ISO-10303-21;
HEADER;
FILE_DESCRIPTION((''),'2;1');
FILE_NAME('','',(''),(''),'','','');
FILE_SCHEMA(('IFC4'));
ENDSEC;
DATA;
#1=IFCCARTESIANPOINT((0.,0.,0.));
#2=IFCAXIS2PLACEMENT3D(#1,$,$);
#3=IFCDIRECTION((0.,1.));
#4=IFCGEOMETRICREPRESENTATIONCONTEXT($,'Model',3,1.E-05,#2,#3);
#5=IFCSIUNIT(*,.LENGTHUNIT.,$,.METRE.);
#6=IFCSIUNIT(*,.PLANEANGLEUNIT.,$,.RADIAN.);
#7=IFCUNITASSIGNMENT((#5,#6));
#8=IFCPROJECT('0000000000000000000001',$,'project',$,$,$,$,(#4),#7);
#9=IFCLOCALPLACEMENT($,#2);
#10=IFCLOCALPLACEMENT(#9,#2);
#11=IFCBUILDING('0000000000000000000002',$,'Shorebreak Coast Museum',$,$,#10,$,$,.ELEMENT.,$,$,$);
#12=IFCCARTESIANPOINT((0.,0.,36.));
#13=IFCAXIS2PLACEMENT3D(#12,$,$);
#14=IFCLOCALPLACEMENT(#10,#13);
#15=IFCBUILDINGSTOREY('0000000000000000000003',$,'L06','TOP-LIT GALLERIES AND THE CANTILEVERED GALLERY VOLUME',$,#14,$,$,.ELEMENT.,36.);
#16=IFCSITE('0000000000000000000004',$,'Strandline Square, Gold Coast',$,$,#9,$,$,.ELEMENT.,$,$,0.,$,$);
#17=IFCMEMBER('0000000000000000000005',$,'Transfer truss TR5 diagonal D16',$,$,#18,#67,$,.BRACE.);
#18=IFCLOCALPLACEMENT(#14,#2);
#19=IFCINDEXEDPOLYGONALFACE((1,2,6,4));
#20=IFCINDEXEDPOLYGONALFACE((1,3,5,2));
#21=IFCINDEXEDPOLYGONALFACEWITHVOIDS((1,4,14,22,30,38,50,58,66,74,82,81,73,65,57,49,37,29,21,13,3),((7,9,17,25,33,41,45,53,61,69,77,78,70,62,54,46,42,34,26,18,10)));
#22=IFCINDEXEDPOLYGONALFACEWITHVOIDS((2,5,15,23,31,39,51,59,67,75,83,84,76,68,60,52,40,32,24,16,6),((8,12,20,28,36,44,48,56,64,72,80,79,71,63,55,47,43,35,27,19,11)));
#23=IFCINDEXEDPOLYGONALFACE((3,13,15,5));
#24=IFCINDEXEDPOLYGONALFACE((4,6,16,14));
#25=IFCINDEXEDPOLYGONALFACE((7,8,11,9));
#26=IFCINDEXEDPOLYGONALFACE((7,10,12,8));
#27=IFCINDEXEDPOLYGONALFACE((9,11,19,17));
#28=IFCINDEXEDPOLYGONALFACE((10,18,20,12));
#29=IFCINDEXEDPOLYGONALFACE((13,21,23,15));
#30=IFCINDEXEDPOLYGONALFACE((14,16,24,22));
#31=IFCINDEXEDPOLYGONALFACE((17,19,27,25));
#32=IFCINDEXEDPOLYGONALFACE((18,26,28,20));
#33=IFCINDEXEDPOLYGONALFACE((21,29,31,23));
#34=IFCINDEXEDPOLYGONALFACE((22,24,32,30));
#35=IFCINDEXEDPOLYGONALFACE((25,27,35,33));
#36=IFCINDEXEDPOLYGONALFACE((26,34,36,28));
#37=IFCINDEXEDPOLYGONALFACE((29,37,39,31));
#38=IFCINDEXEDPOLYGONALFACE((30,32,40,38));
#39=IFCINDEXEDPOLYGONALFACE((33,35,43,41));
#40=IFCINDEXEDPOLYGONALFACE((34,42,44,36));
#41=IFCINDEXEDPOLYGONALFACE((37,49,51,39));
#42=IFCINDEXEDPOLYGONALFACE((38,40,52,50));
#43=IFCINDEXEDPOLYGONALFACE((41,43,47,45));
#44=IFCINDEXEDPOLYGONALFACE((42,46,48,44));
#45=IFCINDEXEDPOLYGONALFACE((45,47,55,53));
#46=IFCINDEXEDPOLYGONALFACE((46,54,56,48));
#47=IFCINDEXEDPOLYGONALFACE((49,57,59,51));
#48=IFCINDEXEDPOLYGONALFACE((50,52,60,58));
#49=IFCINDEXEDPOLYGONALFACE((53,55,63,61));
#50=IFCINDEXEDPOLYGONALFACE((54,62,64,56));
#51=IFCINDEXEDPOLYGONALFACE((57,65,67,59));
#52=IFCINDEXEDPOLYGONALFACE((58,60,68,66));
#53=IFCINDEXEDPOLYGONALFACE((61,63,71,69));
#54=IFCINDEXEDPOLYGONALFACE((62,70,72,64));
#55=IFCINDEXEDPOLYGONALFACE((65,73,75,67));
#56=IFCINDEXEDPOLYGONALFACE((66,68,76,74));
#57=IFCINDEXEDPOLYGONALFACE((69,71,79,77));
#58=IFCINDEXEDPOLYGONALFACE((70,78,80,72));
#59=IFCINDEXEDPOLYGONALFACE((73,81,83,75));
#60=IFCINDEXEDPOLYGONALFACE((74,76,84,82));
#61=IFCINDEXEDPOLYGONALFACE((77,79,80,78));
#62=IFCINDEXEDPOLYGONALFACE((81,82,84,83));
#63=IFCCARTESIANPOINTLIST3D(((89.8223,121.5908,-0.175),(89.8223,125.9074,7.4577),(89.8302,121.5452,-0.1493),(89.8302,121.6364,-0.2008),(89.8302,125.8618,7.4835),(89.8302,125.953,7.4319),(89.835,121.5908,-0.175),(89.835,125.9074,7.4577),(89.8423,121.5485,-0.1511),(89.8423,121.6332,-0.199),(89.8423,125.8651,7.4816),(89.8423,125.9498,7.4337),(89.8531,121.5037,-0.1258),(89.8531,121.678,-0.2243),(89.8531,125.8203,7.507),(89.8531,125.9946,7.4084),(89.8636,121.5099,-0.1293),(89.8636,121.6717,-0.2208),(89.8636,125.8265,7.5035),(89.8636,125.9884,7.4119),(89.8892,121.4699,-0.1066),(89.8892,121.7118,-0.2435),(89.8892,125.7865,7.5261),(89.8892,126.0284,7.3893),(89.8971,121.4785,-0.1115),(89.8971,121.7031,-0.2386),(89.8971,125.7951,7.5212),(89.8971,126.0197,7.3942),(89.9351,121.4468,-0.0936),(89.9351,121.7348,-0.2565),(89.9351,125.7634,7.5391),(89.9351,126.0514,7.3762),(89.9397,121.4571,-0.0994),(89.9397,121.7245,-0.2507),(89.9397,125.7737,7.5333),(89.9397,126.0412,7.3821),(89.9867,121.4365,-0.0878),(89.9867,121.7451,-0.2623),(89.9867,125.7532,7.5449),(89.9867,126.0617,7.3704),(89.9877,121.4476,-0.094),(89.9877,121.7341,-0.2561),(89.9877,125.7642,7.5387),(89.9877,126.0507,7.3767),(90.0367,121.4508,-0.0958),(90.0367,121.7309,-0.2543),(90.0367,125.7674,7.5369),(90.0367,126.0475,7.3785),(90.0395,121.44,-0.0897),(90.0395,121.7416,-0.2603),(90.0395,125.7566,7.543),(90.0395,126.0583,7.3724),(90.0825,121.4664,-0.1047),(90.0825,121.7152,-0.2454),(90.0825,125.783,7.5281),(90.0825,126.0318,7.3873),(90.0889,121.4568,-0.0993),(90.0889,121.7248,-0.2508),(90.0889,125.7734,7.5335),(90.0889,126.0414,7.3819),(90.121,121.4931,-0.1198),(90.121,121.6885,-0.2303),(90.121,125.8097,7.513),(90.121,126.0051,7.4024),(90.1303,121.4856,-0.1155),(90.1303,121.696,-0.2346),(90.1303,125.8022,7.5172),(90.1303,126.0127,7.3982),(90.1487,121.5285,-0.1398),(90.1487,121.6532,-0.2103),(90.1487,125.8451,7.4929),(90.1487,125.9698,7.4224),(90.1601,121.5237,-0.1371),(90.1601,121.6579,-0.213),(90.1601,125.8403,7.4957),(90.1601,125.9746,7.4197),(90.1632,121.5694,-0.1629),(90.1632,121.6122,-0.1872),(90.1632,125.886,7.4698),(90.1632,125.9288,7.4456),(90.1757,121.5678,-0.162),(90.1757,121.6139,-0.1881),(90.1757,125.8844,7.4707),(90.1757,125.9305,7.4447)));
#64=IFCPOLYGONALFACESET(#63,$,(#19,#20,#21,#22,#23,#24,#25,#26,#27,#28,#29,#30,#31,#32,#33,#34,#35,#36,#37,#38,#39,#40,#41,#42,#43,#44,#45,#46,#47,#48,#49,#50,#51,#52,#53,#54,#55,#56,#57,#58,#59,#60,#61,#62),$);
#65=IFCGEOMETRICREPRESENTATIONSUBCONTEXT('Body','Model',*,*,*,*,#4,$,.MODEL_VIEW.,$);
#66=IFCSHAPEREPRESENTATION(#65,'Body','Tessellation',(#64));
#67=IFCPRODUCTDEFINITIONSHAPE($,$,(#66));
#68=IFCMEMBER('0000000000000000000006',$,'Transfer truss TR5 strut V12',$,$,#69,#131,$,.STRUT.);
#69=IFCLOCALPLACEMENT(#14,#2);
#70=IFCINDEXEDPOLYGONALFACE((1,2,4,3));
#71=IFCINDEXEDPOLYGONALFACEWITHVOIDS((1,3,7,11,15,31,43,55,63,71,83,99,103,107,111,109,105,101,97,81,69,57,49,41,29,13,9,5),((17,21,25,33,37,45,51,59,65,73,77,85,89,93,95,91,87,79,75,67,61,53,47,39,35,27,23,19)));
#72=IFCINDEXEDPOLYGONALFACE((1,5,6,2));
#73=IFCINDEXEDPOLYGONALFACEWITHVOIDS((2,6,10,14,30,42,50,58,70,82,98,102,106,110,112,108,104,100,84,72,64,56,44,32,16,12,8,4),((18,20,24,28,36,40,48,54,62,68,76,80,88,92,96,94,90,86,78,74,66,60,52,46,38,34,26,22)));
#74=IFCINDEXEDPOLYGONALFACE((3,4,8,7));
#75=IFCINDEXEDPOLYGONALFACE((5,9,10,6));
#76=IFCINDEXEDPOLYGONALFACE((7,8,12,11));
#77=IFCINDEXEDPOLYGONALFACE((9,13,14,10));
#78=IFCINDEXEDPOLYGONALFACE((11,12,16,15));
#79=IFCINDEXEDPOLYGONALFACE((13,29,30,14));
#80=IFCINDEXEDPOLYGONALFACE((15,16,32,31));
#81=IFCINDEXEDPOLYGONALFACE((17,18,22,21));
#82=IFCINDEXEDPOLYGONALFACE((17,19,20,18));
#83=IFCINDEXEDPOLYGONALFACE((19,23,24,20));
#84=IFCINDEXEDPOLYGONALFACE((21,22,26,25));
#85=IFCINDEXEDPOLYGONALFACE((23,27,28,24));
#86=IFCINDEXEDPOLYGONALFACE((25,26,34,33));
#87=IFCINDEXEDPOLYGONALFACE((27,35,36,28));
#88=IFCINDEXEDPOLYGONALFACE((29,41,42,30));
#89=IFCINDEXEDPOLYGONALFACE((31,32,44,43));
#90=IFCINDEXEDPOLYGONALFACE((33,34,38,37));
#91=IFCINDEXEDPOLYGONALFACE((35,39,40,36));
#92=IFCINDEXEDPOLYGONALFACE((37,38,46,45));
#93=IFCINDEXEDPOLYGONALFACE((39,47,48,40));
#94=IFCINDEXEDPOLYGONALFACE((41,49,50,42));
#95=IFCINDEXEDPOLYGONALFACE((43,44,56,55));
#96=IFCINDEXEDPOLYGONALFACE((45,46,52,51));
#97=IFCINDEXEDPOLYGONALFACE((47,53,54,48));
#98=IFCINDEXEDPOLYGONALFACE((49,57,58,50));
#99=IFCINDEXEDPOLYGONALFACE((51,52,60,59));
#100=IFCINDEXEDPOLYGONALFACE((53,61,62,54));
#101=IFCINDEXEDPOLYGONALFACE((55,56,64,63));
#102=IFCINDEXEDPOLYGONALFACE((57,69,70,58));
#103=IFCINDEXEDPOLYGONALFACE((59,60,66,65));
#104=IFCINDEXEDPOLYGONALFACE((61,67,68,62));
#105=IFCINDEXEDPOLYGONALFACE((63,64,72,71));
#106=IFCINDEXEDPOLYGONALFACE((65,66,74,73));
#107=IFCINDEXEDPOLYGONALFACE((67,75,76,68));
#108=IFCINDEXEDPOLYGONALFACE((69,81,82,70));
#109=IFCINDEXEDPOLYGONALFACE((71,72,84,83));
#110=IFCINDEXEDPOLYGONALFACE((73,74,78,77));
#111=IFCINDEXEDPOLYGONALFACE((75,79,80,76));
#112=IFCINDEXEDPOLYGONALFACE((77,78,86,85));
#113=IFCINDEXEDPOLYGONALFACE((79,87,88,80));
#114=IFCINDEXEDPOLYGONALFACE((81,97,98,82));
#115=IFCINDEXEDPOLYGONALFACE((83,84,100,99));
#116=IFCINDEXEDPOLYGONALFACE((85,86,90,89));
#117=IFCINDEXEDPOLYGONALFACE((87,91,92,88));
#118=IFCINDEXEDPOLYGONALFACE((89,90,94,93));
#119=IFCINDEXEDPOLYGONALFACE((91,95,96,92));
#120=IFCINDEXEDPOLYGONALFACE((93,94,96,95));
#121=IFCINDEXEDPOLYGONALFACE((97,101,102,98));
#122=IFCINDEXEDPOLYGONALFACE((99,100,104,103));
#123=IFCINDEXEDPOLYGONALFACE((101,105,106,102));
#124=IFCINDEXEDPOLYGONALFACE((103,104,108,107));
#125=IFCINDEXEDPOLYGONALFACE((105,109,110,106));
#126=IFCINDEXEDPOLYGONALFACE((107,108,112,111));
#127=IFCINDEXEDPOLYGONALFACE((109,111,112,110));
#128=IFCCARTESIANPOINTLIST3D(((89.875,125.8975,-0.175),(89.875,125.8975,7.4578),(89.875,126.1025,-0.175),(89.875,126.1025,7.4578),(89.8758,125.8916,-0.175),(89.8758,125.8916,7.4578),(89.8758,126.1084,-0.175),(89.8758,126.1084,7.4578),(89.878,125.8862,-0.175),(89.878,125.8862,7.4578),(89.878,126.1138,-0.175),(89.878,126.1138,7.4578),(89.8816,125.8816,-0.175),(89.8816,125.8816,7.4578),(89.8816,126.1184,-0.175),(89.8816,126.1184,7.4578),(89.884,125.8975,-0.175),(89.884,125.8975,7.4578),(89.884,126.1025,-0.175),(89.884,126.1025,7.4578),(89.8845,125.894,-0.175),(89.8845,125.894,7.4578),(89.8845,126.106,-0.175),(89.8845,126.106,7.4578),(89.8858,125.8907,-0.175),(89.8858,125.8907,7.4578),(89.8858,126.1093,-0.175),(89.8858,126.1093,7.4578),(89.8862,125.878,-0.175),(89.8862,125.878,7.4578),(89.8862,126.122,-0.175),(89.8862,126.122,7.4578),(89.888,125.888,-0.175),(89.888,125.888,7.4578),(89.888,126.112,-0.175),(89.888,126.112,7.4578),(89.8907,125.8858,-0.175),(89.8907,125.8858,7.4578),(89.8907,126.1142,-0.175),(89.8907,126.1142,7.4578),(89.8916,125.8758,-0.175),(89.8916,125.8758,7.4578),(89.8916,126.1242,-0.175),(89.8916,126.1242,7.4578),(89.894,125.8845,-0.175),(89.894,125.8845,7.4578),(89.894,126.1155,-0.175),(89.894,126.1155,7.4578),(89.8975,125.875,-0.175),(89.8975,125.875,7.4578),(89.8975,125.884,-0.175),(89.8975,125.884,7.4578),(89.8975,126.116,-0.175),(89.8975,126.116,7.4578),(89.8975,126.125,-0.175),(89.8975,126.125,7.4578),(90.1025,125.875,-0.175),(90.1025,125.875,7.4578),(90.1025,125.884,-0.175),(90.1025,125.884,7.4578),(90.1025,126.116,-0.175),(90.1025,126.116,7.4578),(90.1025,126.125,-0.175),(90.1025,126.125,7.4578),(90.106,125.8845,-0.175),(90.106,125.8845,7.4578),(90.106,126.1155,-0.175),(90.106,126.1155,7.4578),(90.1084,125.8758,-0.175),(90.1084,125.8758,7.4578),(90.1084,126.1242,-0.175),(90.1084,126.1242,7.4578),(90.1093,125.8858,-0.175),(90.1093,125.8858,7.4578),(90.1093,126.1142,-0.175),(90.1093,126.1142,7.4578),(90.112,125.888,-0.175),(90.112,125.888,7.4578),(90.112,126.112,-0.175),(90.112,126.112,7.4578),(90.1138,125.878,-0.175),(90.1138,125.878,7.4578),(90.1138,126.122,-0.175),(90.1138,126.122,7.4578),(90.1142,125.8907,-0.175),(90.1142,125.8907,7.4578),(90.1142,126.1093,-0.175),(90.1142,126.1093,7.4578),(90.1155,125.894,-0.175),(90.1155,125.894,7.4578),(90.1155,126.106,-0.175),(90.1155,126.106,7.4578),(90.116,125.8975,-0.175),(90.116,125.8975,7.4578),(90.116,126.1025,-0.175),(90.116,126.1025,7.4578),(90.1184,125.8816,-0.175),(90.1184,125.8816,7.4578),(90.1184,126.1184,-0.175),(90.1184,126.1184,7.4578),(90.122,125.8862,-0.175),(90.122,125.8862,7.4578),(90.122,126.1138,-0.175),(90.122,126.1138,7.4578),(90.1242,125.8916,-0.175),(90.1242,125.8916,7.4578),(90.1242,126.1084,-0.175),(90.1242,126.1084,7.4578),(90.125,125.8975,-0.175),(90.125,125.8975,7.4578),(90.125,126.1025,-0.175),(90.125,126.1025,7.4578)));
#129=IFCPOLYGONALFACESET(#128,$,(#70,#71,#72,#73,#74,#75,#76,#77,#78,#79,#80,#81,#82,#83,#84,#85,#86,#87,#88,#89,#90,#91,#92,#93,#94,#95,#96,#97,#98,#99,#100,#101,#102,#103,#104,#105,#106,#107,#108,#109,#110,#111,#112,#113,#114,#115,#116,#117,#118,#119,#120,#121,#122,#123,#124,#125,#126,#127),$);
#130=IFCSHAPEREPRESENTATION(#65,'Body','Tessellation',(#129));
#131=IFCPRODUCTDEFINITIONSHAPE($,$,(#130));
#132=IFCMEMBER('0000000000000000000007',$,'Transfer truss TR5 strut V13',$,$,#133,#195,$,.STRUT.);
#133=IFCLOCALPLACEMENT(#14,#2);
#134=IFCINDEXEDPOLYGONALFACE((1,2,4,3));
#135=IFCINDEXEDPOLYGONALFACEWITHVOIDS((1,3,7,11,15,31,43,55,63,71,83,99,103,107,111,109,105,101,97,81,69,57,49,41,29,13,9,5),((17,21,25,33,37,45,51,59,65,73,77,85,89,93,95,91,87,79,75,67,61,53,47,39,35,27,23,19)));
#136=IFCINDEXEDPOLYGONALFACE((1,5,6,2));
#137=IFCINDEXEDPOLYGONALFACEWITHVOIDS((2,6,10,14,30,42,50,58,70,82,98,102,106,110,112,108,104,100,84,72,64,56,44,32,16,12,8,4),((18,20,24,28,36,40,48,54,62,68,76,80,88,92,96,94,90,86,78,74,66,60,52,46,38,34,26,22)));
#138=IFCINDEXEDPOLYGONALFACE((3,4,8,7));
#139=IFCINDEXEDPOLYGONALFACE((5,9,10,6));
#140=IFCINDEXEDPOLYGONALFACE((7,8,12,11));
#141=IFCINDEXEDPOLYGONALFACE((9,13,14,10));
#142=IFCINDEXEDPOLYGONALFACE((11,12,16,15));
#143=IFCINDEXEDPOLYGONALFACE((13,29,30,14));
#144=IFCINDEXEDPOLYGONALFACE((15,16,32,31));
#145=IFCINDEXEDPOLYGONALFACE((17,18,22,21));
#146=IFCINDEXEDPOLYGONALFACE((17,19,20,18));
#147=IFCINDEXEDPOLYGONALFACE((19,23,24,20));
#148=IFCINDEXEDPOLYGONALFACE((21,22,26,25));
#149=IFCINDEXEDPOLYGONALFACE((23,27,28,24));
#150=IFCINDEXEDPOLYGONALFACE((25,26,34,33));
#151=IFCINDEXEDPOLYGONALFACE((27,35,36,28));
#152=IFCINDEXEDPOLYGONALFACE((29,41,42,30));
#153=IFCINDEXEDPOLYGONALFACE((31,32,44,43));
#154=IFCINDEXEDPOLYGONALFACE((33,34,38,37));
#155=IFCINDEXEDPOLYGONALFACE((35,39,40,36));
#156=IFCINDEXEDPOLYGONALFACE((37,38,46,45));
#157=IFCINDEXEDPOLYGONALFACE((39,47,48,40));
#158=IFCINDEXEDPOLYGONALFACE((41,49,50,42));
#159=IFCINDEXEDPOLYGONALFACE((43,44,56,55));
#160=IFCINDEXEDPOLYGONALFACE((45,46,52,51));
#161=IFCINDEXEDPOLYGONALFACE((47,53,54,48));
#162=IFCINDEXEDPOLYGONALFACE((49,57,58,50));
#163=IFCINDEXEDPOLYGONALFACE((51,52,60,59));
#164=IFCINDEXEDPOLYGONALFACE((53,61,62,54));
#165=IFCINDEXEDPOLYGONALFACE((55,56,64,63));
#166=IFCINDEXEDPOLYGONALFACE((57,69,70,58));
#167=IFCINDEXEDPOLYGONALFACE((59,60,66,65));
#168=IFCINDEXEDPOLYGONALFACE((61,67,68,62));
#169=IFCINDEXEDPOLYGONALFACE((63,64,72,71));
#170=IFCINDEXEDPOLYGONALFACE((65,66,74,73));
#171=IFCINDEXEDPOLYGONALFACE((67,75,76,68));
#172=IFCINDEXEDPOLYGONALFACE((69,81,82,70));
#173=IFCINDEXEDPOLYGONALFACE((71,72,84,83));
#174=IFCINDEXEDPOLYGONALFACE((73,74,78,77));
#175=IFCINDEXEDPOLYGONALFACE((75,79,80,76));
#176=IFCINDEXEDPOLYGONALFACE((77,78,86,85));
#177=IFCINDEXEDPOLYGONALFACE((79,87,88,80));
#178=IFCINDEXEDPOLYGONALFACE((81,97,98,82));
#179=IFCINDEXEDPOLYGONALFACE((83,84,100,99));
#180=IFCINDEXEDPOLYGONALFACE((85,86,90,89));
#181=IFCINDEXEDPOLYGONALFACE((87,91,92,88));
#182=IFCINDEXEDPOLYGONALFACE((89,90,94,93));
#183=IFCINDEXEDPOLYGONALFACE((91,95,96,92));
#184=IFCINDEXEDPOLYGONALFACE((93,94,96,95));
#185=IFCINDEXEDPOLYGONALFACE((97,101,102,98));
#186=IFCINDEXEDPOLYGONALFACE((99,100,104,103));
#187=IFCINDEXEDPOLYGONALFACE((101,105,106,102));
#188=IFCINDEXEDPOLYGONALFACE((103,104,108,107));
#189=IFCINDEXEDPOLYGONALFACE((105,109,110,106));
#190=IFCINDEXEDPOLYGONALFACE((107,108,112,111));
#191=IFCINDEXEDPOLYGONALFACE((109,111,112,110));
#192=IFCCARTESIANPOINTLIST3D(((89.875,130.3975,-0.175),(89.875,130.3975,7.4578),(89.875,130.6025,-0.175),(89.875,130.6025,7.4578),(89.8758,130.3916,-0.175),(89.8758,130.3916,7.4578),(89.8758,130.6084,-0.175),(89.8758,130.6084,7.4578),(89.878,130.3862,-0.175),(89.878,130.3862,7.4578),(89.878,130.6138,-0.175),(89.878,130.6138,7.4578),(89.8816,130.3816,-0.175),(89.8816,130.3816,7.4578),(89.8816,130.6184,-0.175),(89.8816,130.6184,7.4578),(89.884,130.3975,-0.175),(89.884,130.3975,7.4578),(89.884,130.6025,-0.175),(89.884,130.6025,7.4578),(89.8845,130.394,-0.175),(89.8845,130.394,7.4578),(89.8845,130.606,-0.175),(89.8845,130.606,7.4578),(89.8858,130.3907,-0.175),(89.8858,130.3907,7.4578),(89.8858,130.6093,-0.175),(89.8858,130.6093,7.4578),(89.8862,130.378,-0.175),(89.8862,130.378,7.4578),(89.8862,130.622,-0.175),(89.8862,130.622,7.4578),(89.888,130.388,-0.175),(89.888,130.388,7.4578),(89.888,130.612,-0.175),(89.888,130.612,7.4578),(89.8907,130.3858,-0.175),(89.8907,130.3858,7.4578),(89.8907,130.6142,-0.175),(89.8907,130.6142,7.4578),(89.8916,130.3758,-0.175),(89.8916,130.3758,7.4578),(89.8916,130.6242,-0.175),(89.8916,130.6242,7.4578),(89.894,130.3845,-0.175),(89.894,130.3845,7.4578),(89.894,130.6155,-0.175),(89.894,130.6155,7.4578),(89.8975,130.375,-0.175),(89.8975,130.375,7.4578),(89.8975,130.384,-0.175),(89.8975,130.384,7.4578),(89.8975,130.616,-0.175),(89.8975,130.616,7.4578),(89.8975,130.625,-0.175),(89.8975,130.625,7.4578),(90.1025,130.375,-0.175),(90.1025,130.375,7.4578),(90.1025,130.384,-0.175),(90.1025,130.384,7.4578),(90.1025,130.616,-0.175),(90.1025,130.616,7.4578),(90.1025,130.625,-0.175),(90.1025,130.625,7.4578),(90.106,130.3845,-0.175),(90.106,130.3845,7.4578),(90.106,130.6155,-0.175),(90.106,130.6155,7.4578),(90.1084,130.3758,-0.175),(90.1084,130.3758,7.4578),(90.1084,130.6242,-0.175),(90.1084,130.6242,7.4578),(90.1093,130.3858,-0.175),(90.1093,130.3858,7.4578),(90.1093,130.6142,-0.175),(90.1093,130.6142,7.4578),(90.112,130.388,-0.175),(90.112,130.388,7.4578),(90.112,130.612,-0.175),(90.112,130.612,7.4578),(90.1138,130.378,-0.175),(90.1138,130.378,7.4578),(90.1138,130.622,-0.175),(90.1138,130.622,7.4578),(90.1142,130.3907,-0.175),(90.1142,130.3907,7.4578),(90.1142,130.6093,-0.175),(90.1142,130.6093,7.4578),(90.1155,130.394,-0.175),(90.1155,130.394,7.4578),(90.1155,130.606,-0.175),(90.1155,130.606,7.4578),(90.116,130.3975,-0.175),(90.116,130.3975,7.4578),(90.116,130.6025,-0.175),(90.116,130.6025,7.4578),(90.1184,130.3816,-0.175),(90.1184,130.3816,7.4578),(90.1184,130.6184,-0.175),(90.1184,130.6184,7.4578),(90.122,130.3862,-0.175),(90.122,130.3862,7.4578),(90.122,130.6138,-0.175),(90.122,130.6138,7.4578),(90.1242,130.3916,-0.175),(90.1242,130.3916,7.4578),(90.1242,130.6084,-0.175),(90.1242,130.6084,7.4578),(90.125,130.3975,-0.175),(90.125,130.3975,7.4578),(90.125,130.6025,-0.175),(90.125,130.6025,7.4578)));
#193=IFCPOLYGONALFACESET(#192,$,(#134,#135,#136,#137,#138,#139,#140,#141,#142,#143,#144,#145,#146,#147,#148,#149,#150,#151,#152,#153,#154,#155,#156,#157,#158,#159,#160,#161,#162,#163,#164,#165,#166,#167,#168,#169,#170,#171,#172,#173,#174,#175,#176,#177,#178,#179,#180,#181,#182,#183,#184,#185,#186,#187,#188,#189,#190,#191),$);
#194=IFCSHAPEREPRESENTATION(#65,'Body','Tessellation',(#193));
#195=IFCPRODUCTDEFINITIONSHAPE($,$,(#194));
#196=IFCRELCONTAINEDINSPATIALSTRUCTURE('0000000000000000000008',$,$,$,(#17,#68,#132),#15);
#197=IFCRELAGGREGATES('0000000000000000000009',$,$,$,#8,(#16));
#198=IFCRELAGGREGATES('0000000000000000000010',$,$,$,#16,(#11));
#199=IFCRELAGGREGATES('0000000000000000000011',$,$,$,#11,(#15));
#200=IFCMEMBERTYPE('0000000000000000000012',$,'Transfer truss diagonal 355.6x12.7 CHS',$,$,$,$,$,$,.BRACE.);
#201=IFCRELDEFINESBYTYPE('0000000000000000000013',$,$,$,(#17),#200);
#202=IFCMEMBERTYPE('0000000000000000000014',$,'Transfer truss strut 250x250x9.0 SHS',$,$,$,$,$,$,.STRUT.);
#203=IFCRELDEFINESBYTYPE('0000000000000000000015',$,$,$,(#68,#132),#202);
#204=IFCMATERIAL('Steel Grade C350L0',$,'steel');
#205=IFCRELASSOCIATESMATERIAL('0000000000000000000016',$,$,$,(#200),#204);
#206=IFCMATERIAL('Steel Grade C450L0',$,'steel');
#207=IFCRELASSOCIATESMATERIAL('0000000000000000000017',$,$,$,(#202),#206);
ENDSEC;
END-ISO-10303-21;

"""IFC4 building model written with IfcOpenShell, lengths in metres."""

from ifc_helpers import new_model, si_unit, direction, frame, origin, origin_2d, place, context, subcontext, project, spatial, hollow_rectangle, hollow_circle, extrude, material, material_profile, profile_set, type_object, element, save


model = new_model("IFC4")

# Units and contexts
model_context = context("Model", 3, precision=1e-05, world=origin(), true_north=direction((0.0, 1.0)))
body_context = subcontext(model_context, "Body", "Model", "MODEL_VIEW")
ifc_project = project(units=[si_unit("LENGTHUNIT", "METRE"), si_unit("PLANEANGLEUNIT", "RADIAN")], contexts=[model_context])

# Site, building, storey
site_placement = place(None, origin())
site = spatial("IfcSite", under=ifc_project, at=site_placement, Name="Strandline Square, Gold Coast", CompositionType="ELEMENT", RefElevation=0.0)
building_placement = place(site_placement, origin())
building = spatial("IfcBuilding", under=site, at=building_placement, Name="Shorebreak Coast Museum", CompositionType="ELEMENT")
storey_placement = place(building_placement, frame((0.0, 0.0, 36.0)))
storey = spatial("IfcBuildingStorey", under=building, at=storey_placement, Name="L06", Description="TOP-LIT GALLERIES AND THE CANTILEVERED GALLERY VOLUME", CompositionType="ELEMENT", Elevation=36.0)

# Members
ifc_material_1 = material(Name="Steel Grade C350L0", Category="steel")
ifc_material_profile_1 = material_profile(ifc_material_1, hollow_circle(Radius=0.1777, WallThickness=0.0127, at=origin_2d()), Name="355.6x12.7 CHS")
ifc_profile_set_1 = profile_set([ifc_material_profile_1], Name="Steel Grade C350L0")
member_type_1 = type_object("IfcMemberType", Name="Transfer truss diagonal 355.6x12.7 CHS", PredefinedType="BRACE", material=ifc_profile_set_1)
member_1_placement = place(storey_placement, frame((90.0, 121.5908, -0.175), z_axis=(0.0, 0.492269, 0.870443), x_axis=(-1.0, 0.0, 0.0)))
element("IfcMember", 1, at=member_1_placement, inside=storey, type_object=member_type_1, Name="Transfer truss TR5 diagonal D16", PredefinedType="BRACE", context=body_context, shape_type="SweptSolid", body=[
    extrude(hollow_circle(Radius=0.1777, WallThickness=0.0127, at=origin_2d()), origin(), (0.0, 0.0, 1.0), 8.7688),
])
ifc_material_2 = material(Name="Steel Grade C450L0", Category="steel")
ifc_material_profile_2 = material_profile(ifc_material_2, hollow_rectangle(XDim=0.25, YDim=0.25, WallThickness=0.009, InnerFilletRadius=0.0134, OuterFilletRadius=0.0225, at=origin_2d()), Name="250x250x9.0 SHS")
ifc_profile_set_2 = profile_set([ifc_material_profile_2], Name="Steel Grade C450L0")
member_type_2 = type_object("IfcMemberType", Name="Transfer truss strut 250x250x9.0 SHS", PredefinedType="STRUT", material=ifc_profile_set_2)
for number, where, z_axis, x_axis, name in (
    (2, (90.0, 126.0, -0.175), (0.0, 0.0, 1.0), (1.0, 0.0, 0.0), "Transfer truss TR5 strut V12"),
    (3, (90.0, 130.5, -0.175), (0.0, 0.0, 1.0), (1.0, 0.0, 0.0), "Transfer truss TR5 strut V13"),
):
    element("IfcMember", number, at=place(storey_placement, frame(where, z_axis=z_axis, x_axis=x_axis)), inside=storey, type_object=member_type_2, Name=name, PredefinedType="STRUT", context=body_context, shape_type="SweptSolid", body=[
        extrude(hollow_rectangle(XDim=0.25, YDim=0.25, WallThickness=0.009, InnerFilletRadius=0.0134, OuterFilletRadius=0.0225, at=origin_2d()), origin(), (0.0, 0.0, 1.0), 7.6328),
    ])

save(model, "model.ifc")
